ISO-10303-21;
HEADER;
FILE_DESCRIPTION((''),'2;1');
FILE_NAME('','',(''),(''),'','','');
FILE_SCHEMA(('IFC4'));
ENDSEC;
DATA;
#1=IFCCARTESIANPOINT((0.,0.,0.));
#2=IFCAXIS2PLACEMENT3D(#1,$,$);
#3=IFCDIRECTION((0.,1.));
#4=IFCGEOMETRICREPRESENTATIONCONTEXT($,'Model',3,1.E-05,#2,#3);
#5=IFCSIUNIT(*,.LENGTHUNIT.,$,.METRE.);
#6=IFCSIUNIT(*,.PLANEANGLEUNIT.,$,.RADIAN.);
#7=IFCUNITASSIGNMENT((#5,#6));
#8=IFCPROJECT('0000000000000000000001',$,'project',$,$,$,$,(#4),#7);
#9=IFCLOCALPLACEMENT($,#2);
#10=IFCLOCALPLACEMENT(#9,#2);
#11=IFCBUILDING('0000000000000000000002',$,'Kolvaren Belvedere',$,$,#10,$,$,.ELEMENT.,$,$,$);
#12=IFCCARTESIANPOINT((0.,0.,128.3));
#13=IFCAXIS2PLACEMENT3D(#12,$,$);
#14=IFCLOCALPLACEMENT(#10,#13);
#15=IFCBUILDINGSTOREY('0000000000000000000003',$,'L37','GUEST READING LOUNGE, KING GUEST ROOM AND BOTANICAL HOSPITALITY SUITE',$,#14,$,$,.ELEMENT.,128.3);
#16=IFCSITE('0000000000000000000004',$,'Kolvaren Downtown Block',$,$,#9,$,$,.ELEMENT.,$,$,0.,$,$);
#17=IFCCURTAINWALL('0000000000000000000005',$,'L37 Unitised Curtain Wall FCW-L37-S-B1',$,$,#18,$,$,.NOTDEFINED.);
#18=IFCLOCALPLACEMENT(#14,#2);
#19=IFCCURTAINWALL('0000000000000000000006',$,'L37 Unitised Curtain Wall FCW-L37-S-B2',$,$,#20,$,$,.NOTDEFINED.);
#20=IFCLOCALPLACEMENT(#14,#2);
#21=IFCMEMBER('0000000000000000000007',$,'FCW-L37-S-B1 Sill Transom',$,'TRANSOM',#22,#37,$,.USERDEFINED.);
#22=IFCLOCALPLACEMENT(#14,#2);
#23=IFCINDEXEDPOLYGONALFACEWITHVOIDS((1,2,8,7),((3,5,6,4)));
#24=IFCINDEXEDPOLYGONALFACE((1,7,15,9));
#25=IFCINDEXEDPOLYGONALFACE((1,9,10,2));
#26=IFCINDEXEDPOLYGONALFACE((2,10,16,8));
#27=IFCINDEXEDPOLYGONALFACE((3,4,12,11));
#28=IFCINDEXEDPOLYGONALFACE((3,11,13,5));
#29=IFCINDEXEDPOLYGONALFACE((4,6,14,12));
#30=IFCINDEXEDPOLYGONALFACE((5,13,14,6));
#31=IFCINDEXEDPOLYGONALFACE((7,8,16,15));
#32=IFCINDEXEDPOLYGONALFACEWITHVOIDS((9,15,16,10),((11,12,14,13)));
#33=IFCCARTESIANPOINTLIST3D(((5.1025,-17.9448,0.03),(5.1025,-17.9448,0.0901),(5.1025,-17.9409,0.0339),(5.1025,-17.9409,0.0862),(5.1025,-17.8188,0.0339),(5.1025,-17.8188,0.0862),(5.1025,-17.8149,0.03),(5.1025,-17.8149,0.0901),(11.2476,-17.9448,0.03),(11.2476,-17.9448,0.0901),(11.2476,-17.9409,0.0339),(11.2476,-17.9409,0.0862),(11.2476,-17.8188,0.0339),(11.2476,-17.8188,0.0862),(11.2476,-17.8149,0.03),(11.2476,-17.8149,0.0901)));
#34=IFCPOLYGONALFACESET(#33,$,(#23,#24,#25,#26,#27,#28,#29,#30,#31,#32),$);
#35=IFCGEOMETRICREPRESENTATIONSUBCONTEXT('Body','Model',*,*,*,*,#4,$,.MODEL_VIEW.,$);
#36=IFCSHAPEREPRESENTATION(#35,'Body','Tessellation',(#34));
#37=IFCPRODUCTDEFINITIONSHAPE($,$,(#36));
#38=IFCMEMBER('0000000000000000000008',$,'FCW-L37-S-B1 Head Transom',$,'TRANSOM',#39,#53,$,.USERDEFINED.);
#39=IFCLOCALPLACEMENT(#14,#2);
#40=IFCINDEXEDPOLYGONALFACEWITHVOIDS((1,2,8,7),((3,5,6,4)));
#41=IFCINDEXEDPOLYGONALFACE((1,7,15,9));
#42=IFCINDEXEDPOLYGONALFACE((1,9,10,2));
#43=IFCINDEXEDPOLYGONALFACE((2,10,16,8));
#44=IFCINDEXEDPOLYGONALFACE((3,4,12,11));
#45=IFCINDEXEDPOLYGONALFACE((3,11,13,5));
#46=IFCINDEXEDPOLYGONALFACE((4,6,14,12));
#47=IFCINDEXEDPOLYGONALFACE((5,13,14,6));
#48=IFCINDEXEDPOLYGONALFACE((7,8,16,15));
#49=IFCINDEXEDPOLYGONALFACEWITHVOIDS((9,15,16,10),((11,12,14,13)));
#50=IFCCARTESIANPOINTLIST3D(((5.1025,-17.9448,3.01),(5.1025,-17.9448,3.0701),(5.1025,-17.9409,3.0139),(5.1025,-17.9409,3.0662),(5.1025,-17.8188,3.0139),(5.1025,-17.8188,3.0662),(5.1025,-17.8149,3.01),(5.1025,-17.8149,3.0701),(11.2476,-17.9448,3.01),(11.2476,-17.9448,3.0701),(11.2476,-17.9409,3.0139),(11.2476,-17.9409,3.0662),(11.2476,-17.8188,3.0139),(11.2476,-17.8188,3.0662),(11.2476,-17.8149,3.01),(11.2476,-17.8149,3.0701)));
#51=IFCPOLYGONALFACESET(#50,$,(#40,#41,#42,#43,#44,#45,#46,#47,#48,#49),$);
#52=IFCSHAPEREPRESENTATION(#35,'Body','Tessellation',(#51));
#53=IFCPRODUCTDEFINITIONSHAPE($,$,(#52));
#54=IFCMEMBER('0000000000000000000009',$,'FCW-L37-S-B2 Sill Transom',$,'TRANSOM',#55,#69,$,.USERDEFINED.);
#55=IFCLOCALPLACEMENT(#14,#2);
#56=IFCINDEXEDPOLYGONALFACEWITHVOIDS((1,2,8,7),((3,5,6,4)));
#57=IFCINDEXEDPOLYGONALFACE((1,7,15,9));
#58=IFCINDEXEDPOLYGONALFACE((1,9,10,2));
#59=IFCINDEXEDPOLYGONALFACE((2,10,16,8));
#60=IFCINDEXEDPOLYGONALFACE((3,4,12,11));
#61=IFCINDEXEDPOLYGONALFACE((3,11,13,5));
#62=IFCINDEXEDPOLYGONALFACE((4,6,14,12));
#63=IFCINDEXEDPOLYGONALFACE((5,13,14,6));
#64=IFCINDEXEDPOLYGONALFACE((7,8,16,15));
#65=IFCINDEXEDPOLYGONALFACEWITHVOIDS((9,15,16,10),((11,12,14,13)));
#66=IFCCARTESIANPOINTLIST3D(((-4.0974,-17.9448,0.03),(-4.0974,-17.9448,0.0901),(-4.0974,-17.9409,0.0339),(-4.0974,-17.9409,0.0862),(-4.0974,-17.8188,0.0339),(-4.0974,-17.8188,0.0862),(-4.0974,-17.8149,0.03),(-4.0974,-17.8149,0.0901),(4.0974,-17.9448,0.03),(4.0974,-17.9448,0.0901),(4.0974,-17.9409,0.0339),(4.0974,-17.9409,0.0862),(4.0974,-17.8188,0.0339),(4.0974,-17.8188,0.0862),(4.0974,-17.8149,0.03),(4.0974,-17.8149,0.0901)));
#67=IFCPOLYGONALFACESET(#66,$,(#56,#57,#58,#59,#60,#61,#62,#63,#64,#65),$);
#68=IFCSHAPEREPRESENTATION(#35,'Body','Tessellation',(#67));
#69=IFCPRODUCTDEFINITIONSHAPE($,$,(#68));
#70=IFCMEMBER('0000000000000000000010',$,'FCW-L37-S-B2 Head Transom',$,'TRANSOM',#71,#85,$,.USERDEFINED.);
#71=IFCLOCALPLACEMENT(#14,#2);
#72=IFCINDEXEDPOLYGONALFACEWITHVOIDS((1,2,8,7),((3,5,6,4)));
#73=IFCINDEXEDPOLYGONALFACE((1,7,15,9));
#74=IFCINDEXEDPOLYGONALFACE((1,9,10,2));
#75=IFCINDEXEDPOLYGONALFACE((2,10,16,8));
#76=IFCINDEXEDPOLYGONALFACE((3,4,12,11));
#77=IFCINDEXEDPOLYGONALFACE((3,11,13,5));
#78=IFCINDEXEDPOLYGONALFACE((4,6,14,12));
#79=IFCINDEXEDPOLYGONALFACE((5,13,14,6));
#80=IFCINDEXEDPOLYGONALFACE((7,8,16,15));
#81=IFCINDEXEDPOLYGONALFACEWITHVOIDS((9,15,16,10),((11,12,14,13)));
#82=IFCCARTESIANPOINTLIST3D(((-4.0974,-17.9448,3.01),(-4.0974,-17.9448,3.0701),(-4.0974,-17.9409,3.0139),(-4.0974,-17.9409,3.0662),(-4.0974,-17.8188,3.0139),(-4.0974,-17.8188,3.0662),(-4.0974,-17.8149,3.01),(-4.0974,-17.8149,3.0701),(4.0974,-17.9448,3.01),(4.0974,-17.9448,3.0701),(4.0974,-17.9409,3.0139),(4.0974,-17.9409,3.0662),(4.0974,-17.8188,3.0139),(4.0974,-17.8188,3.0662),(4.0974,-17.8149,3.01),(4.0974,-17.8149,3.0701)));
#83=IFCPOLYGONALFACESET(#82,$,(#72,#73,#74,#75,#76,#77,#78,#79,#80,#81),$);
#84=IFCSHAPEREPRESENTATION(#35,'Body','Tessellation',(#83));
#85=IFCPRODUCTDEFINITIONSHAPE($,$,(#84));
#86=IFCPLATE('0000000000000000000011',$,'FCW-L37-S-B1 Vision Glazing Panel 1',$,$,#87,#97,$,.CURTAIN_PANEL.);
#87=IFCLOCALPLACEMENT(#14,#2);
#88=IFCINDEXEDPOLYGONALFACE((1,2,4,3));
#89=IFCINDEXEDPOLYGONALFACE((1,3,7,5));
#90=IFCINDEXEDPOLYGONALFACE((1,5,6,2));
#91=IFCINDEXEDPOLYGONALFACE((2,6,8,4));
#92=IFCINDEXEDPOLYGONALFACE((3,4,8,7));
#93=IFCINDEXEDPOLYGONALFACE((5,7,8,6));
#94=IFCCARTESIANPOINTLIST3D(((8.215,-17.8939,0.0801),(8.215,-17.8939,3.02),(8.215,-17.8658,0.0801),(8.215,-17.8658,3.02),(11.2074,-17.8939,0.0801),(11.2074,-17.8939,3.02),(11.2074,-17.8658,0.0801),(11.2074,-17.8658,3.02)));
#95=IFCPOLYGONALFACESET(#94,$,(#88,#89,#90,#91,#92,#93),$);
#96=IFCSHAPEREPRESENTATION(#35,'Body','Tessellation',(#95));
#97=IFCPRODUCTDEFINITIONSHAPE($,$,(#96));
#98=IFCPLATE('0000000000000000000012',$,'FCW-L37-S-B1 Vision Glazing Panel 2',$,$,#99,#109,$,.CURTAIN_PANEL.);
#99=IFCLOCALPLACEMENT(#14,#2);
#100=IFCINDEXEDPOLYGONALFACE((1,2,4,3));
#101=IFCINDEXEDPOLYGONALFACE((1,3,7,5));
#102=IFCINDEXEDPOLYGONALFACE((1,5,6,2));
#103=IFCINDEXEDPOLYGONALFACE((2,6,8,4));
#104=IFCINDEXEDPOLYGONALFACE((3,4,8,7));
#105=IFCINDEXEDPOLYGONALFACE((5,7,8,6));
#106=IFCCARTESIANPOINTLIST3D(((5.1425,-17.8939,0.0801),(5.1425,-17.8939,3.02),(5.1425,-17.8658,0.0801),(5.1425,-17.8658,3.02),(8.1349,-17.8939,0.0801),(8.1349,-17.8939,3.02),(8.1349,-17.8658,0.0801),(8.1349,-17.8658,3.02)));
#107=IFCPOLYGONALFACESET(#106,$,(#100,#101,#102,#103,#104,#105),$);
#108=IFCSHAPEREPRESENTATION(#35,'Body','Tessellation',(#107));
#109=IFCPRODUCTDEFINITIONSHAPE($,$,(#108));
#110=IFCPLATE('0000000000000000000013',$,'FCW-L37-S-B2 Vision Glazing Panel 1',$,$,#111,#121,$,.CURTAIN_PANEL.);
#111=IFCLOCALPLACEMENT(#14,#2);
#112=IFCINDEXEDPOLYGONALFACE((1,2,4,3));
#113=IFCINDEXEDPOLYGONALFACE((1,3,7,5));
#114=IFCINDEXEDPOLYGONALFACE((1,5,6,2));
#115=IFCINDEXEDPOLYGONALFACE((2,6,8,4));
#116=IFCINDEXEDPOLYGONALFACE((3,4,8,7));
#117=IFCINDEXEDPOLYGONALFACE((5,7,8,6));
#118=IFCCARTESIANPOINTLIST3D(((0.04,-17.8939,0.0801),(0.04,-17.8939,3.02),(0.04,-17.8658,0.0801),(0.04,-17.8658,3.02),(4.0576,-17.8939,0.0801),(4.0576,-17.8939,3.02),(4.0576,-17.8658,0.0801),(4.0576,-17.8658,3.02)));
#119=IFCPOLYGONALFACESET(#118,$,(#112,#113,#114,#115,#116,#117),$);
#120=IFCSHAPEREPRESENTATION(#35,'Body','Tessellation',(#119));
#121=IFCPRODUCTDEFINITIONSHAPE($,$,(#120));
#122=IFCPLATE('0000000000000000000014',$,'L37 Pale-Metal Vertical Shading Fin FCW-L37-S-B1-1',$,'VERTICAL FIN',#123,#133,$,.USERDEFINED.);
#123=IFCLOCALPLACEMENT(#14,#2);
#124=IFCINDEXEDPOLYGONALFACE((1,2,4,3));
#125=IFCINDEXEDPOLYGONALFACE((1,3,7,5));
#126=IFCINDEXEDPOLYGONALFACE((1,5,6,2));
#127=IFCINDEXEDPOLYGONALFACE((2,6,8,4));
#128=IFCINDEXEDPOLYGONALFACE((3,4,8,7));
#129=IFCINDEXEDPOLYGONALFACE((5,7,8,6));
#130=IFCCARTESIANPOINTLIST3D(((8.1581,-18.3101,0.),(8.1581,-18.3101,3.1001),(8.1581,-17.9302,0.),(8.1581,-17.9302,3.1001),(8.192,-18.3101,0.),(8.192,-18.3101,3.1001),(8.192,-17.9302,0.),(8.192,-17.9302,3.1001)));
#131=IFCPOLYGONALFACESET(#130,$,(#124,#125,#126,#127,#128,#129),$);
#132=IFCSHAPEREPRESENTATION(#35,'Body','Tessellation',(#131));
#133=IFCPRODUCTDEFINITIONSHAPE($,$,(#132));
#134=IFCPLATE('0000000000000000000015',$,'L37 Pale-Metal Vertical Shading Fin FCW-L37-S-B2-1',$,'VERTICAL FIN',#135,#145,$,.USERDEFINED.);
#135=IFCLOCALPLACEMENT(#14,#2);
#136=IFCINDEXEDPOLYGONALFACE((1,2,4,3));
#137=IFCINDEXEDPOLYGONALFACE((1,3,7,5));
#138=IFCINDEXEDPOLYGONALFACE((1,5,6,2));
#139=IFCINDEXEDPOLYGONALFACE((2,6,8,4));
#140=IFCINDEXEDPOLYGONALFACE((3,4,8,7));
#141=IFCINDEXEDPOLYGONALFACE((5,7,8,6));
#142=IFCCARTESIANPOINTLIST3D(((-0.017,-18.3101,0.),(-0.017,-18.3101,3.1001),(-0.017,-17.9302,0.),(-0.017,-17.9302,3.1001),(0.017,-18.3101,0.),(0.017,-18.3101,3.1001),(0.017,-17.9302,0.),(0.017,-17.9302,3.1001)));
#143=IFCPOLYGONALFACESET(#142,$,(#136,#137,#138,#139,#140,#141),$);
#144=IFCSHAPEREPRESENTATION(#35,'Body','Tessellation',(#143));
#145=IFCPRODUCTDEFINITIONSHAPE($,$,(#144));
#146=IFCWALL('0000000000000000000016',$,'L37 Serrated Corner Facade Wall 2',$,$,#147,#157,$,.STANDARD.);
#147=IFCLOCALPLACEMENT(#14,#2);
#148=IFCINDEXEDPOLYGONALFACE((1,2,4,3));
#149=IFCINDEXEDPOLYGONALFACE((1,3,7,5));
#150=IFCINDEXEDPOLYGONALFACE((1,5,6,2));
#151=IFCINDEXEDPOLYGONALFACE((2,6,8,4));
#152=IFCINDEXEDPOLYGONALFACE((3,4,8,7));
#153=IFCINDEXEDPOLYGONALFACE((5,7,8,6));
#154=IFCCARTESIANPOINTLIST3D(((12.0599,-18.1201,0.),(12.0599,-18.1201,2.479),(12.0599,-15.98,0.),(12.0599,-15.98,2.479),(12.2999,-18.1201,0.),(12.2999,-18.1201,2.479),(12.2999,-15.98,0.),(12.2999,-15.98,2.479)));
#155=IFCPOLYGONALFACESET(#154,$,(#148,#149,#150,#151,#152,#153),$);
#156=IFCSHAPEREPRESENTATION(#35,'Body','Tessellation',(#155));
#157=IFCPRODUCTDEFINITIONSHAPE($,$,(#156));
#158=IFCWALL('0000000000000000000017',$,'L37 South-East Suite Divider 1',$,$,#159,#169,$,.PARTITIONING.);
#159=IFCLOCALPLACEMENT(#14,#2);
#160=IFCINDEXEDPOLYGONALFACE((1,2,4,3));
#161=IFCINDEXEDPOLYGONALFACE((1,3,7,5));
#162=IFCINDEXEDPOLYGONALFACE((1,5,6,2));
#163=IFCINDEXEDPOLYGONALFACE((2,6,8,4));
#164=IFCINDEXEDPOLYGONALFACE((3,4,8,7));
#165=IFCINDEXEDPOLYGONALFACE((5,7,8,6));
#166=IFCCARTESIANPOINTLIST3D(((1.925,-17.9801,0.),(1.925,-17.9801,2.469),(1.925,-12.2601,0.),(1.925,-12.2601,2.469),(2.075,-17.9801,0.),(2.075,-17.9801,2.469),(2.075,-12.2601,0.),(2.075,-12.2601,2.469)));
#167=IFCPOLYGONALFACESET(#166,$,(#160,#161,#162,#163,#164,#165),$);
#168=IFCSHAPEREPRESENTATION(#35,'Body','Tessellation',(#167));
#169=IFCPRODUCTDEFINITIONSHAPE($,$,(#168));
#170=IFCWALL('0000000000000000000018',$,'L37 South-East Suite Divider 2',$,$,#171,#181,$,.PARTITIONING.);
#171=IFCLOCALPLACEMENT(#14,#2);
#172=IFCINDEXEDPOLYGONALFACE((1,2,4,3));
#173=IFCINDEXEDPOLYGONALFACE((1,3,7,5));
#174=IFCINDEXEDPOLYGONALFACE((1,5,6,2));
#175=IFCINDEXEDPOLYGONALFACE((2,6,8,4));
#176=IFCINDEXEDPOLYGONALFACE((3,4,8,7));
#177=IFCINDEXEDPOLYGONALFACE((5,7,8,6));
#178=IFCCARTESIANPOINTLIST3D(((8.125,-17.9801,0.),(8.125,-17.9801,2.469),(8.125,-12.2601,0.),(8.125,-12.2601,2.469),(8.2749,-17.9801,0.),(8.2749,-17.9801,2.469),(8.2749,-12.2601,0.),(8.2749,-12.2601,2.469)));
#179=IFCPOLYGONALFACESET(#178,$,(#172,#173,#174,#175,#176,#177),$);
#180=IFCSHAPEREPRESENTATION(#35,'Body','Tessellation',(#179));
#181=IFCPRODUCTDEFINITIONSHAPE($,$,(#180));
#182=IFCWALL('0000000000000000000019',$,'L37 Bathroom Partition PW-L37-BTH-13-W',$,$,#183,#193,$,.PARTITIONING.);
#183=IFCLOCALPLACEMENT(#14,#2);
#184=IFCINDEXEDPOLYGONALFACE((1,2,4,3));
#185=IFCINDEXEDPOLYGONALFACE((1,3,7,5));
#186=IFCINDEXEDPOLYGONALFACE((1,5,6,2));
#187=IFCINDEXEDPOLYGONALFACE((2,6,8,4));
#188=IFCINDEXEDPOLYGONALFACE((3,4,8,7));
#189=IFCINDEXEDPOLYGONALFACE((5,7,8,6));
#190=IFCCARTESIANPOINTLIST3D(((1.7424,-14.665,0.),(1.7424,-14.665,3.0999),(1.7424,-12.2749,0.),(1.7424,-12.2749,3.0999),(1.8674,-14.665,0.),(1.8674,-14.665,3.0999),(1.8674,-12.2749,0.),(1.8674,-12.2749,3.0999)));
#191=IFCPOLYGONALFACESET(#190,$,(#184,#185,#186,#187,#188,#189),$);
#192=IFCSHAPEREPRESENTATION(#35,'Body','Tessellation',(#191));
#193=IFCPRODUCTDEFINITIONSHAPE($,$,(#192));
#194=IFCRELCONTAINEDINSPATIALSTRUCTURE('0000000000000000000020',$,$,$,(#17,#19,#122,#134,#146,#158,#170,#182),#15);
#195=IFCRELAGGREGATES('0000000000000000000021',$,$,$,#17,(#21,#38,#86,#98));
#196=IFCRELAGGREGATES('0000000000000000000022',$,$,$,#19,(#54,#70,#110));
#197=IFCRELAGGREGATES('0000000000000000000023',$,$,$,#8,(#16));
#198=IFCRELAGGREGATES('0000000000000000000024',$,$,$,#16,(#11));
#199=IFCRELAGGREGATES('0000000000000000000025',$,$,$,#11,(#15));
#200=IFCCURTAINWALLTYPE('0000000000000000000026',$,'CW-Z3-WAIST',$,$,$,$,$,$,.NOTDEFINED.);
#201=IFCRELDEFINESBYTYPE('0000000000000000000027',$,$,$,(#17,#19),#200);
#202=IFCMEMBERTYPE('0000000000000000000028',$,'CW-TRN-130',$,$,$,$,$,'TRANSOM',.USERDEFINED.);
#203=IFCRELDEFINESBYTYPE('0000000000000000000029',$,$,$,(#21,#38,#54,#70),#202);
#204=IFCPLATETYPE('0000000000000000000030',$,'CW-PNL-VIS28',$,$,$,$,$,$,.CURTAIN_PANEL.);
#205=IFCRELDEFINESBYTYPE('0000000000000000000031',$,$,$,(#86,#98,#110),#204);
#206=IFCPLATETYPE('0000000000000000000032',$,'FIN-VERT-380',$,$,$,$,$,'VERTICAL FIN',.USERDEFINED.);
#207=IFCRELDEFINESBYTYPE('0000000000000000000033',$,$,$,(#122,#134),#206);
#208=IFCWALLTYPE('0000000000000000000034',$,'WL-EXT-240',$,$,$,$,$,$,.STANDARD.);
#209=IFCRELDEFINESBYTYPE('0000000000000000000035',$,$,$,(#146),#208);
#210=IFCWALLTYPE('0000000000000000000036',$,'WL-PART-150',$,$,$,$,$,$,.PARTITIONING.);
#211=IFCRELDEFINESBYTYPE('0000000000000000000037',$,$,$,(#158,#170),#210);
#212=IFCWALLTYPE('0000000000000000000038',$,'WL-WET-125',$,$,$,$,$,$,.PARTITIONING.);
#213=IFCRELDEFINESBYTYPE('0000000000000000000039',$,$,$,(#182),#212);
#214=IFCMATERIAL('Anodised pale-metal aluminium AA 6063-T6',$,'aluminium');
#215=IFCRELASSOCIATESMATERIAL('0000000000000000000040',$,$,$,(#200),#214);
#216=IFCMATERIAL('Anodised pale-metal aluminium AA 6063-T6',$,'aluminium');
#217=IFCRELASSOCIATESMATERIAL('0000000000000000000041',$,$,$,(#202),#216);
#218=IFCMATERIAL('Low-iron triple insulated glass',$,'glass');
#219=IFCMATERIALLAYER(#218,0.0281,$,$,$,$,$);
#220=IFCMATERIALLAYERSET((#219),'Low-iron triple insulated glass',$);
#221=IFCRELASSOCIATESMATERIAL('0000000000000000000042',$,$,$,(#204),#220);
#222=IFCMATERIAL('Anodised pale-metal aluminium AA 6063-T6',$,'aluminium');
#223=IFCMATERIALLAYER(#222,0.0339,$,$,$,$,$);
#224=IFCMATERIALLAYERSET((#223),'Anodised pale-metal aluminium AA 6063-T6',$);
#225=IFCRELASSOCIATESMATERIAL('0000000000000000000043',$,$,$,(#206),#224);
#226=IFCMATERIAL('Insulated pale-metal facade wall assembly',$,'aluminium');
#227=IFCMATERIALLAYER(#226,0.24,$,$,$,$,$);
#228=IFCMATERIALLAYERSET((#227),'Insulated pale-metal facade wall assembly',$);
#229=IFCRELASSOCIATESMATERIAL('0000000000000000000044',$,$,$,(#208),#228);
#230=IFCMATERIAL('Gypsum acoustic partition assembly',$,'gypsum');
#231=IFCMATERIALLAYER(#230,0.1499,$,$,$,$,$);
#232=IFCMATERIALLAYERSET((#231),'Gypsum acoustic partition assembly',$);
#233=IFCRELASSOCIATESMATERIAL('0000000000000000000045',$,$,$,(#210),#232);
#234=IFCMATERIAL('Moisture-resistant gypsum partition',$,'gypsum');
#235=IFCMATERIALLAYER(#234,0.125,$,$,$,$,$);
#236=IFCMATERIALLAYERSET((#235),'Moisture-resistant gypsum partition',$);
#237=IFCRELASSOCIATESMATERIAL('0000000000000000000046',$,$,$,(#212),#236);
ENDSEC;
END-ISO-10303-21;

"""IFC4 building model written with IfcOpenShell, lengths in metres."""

from ifc_helpers import new_model, si_unit, direction, frame, frame_2d, origin, origin_2d, place, context, subcontext, project, spatial, rectangle, hollow_rectangle, extrude, material, layer, layer_set, material_profile, profile_set, type_object, element, aggregate, save


model = new_model("IFC4")

# Units and contexts
model_context = context("Model", 3, precision=1e-05, world=origin(), true_north=direction((0.0, 1.0)))
body_context = subcontext(model_context, "Body", "Model", "MODEL_VIEW")
ifc_project = project(units=[si_unit("LENGTHUNIT", "METRE"), si_unit("PLANEANGLEUNIT", "RADIAN")], contexts=[model_context])

# Site, building, storey
site_placement = place(None, origin())
site = spatial("IfcSite", under=ifc_project, at=site_placement, Name="Kolvaren Downtown Block", CompositionType="ELEMENT", RefElevation=0.0)
building_placement = place(site_placement, origin())
building = spatial("IfcBuilding", under=site, at=building_placement, Name="Kolvaren Belvedere", CompositionType="ELEMENT")
storey_placement = place(building_placement, frame((0.0, 0.0, 128.3)))
storey = spatial("IfcBuildingStorey", under=building, at=storey_placement, Name="L37", Description="GUEST READING LOUNGE, KING GUEST ROOM AND BOTANICAL HOSPITALITY SUITE", CompositionType="ELEMENT", Elevation=128.3)

# Curtain wall
ifc_material_1 = material(Name="Anodised pale-metal aluminium AA 6063-T6", Category="aluminium")
curtain_wall_type = type_object("IfcCurtainWallType", Name="CW-Z3-WAIST", PredefinedType="NOTDEFINED", material=ifc_material_1)
curtain_wall_1_placement = place(storey_placement, origin())
curtain_wall_1 = element("IfcCurtainWall", 1, at=curtain_wall_1_placement, inside=storey, type_object=curtain_wall_type, Name="L37 Unitised Curtain Wall FCW-L37-S-B1", PredefinedType="NOTDEFINED")

# Curtain wall
curtain_wall_2_placement = place(storey_placement, origin())
curtain_wall_2 = element("IfcCurtainWall", 2, at=curtain_wall_2_placement, inside=storey, type_object=curtain_wall_type, Name="L37 Unitised Curtain Wall FCW-L37-S-B2", PredefinedType="NOTDEFINED")

# Members
ifc_material_2 = material(Name="Anodised pale-metal aluminium AA 6063-T6", Category="aluminium")
ifc_material_profile_1 = material_profile(ifc_material_2, hollow_rectangle(XDim=0.0601, YDim=0.1299, WallThickness=0.0039, at=origin_2d()), Name="ALU-TRN-130X60")
ifc_profile_set_1 = profile_set([ifc_material_profile_1], Name="Anodised pale-metal aluminium AA 6063-T6")
member_type_1 = type_object("IfcMemberType", Name="CW-TRN-130", ElementType="TRANSOM", PredefinedType="USERDEFINED", material=ifc_profile_set_1)
member_1_placement = place(storey_placement, frame((11.2476, -17.8799, 0.0601), z_axis=(-1.0, 0.0, 0.0), x_axis=(0.0, 0.0, 1.0)))
member_1 = element("IfcMember", 3, at=member_1_placement, type_object=member_type_1, Name="FCW-L37-S-B1 Sill Transom", ObjectType="TRANSOM", PredefinedType="USERDEFINED", context=body_context, shape_type="SweptSolid", body=[
    extrude(hollow_rectangle(XDim=0.0601, YDim=0.1299, WallThickness=0.0039, at=origin_2d()), origin(), (0.0, 0.0, 1.0), 6.145),
])
member_2_placement = place(storey_placement, frame((11.2476, -17.8799, 3.04), z_axis=(-1.0, 0.0, 0.0), x_axis=(0.0, 0.0, 1.0)))
member_2 = element("IfcMember", 4, at=member_2_placement, type_object=member_type_1, Name="FCW-L37-S-B1 Head Transom", ObjectType="TRANSOM", PredefinedType="USERDEFINED", context=body_context, shape_type="SweptSolid", body=[
    extrude(hollow_rectangle(XDim=0.0601, YDim=0.1299, WallThickness=0.0039, at=origin_2d()), origin(), (0.0, 0.0, 1.0), 6.145),
])
member_3_placement = place(storey_placement, frame((4.0974, -17.8799, 0.0601), z_axis=(-1.0, 0.0, 0.0), x_axis=(0.0, 0.0, 1.0)))
member_3 = element("IfcMember", 5, at=member_3_placement, type_object=member_type_1, Name="FCW-L37-S-B2 Sill Transom", ObjectType="TRANSOM", PredefinedType="USERDEFINED", context=body_context, shape_type="SweptSolid", body=[
    extrude(hollow_rectangle(XDim=0.0601, YDim=0.1299, WallThickness=0.0039, at=origin_2d()), origin(), (0.0, 0.0, 1.0), 8.1948),
])
member_4_placement = place(storey_placement, frame((4.0974, -17.8799, 3.04), z_axis=(-1.0, 0.0, 0.0), x_axis=(0.0, 0.0, 1.0)))
member_4 = element("IfcMember", 6, at=member_4_placement, type_object=member_type_1, Name="FCW-L37-S-B2 Head Transom", ObjectType="TRANSOM", PredefinedType="USERDEFINED", context=body_context, shape_type="SweptSolid", body=[
    extrude(hollow_rectangle(XDim=0.0601, YDim=0.1299, WallThickness=0.0039, at=origin_2d()), origin(), (0.0, 0.0, 1.0), 8.1948),
])

# Plates
ifc_material_3 = material(Name="Low-iron triple insulated glass", Category="glass")
ifc_layer_1 = layer(ifc_material_3, 0.0281)
ifc_layer_set_1 = layer_set([ifc_layer_1], Name="Low-iron triple insulated glass")
plate_type_1 = type_object("IfcPlateType", Name="CW-PNL-VIS28", PredefinedType="CURTAIN_PANEL", material=ifc_layer_set_1)
plate_1_placement = place(storey_placement, frame((9.7112, -17.8799, 0.0801), z_axis=(0.0, 0.0, 1.0), x_axis=(-1.0, 0.0, 0.0)))
plate_1 = element("IfcPlate", 7, at=plate_1_placement, type_object=plate_type_1, Name="FCW-L37-S-B1 Vision Glazing Panel 1", PredefinedType="CURTAIN_PANEL", context=body_context, shape_type="SweptSolid", body=[
    extrude(rectangle(XDim=2.9924, YDim=0.0281, at=origin_2d()), origin(), (0.0, 0.0, 1.0), 2.9399),
])
plate_2_placement = place(storey_placement, frame((6.6387, -17.8799, 0.0801), z_axis=(0.0, 0.0, 1.0), x_axis=(-1.0, 0.0, 0.0)))
plate_2 = element("IfcPlate", 8, at=plate_2_placement, type_object=plate_type_1, Name="FCW-L37-S-B1 Vision Glazing Panel 2", PredefinedType="CURTAIN_PANEL", context=body_context, shape_type="SweptSolid", body=[
    extrude(rectangle(XDim=2.9924, YDim=0.0281, at=origin_2d()), origin(), (0.0, 0.0, 1.0), 2.9399),
])
aggregate(curtain_wall_1, [member_1, member_2, plate_1, plate_2])
plate_3_placement = place(storey_placement, frame((2.0488, -17.8799, 0.0801), z_axis=(0.0, 0.0, 1.0), x_axis=(-1.0, 0.0, 0.0)))
plate_3 = element("IfcPlate", 9, at=plate_3_placement, type_object=plate_type_1, Name="FCW-L37-S-B2 Vision Glazing Panel 1", PredefinedType="CURTAIN_PANEL", context=body_context, shape_type="SweptSolid", body=[
    extrude(rectangle(XDim=4.0176, YDim=0.0281, at=origin_2d()), origin(), (0.0, 0.0, 1.0), 2.9399),
])
aggregate(curtain_wall_2, [member_3, member_4, plate_3])

# Plates
ifc_material_4 = material(Name="Anodised pale-metal aluminium AA 6063-T6", Category="aluminium")
ifc_layer_2 = layer(ifc_material_4, 0.0339)
ifc_layer_set_2 = layer_set([ifc_layer_2], Name="Anodised pale-metal aluminium AA 6063-T6")
plate_type_2 = type_object("IfcPlateType", Name="FIN-VERT-380", ElementType="VERTICAL FIN", PredefinedType="USERDEFINED", material=ifc_layer_set_2)
for number, where, z_axis, x_axis, name in (
    (10, (8.175, -18.1201, 0.0), (0.0, 0.0, 1.0), (0.0, 1.0, 0.0), "L37 Pale-Metal Vertical Shading Fin FCW-L37-S-B1-1"),
    (11, (0.0, -18.1201, 0.0), (0.0, 0.0, 1.0), (0.0, 1.0, 0.0), "L37 Pale-Metal Vertical Shading Fin FCW-L37-S-B2-1"),
):
    element("IfcPlate", number, at=place(storey_placement, frame(where, z_axis=z_axis, x_axis=x_axis)), inside=storey, type_object=plate_type_2, Name=name, ObjectType="VERTICAL FIN", PredefinedType="USERDEFINED", context=body_context, shape_type="SweptSolid", body=[
        extrude(rectangle(XDim=0.3799, YDim=0.0339, at=origin_2d()), origin(), (0.0, 0.0, 1.0), 3.1001),
    ])

# Walls
ifc_material_5 = material(Name="Insulated pale-metal facade wall assembly", Category="aluminium")
ifc_layer_3 = layer(ifc_material_5, 0.24)
ifc_layer_set_3 = layer_set([ifc_layer_3], Name="Insulated pale-metal facade wall assembly")
wall_type_1 = type_object("IfcWallType", Name="WL-EXT-240", PredefinedType="STANDARD", material=ifc_layer_set_3)
wall_1_placement = place(storey_placement, frame((12.1799, -15.98, 0.0), z_axis=(0.0, 0.0, 1.0), x_axis=(0.0, -1.0, 0.0)))
element("IfcWall", 12, at=wall_1_placement, inside=storey, type_object=wall_type_1, Name="L37 Serrated Corner Facade Wall 2", PredefinedType="STANDARD", context=body_context, shape_type="SweptSolid", body=[
    extrude(rectangle(XDim=2.1401, YDim=0.24, at=frame_2d((1.0701, 0.0))), origin(), (0.0, 0.0, 1.0), 2.479),
])
ifc_material_6 = material(Name="Gypsum acoustic partition assembly", Category="gypsum")
ifc_layer_4 = layer(ifc_material_6, 0.1499)
ifc_layer_set_4 = layer_set([ifc_layer_4], Name="Gypsum acoustic partition assembly")
wall_type_2 = type_object("IfcWallType", Name="WL-PART-150", PredefinedType="PARTITIONING", material=ifc_layer_set_4)
for number, where, z_axis, x_axis, name in (
    (13, (2.0, -17.98, 0.0), (0.0, 0.0, 1.0), (0.0, 1.0, 0.0), "L37 South-East Suite Divider 1"),
    (14, (8.2, -17.98, 0.0), (0.0, 0.0, 1.0), (0.0, 1.0, 0.0), "L37 South-East Suite Divider 2"),
):
    element("IfcWall", number, at=place(storey_placement, frame(where, z_axis=z_axis, x_axis=x_axis)), inside=storey, type_object=wall_type_2, Name=name, PredefinedType="PARTITIONING", context=body_context, shape_type="SweptSolid", body=[
        extrude(rectangle(XDim=5.72, YDim=0.1499, at=frame_2d((2.8599, 0.0))), origin(), (0.0, 0.0, 1.0), 2.469),
    ])
ifc_material_7 = material(Name="Moisture-resistant gypsum partition", Category="gypsum")
ifc_layer_5 = layer(ifc_material_7, 0.125)
ifc_layer_set_5 = layer_set([ifc_layer_5], Name="Moisture-resistant gypsum partition")
wall_type_3 = type_object("IfcWallType", Name="WL-WET-125", PredefinedType="PARTITIONING", material=ifc_layer_set_5)
wall_2_placement = place(storey_placement, frame((1.8049, -14.665, 0.0), z_axis=(0.0, 0.0, 1.0), x_axis=(0.0, 1.0, 0.0)))
element("IfcWall", 15, at=wall_2_placement, inside=storey, type_object=wall_type_3, Name="L37 Bathroom Partition PW-L37-BTH-13-W", PredefinedType="PARTITIONING", context=body_context, shape_type="SweptSolid", body=[
    extrude(rectangle(XDim=2.3901, YDim=0.125, at=frame_2d((1.1951, 0.0))), origin(), (0.0, 0.0, 1.0), 3.0999),
])

save(model, "model.ifc")
